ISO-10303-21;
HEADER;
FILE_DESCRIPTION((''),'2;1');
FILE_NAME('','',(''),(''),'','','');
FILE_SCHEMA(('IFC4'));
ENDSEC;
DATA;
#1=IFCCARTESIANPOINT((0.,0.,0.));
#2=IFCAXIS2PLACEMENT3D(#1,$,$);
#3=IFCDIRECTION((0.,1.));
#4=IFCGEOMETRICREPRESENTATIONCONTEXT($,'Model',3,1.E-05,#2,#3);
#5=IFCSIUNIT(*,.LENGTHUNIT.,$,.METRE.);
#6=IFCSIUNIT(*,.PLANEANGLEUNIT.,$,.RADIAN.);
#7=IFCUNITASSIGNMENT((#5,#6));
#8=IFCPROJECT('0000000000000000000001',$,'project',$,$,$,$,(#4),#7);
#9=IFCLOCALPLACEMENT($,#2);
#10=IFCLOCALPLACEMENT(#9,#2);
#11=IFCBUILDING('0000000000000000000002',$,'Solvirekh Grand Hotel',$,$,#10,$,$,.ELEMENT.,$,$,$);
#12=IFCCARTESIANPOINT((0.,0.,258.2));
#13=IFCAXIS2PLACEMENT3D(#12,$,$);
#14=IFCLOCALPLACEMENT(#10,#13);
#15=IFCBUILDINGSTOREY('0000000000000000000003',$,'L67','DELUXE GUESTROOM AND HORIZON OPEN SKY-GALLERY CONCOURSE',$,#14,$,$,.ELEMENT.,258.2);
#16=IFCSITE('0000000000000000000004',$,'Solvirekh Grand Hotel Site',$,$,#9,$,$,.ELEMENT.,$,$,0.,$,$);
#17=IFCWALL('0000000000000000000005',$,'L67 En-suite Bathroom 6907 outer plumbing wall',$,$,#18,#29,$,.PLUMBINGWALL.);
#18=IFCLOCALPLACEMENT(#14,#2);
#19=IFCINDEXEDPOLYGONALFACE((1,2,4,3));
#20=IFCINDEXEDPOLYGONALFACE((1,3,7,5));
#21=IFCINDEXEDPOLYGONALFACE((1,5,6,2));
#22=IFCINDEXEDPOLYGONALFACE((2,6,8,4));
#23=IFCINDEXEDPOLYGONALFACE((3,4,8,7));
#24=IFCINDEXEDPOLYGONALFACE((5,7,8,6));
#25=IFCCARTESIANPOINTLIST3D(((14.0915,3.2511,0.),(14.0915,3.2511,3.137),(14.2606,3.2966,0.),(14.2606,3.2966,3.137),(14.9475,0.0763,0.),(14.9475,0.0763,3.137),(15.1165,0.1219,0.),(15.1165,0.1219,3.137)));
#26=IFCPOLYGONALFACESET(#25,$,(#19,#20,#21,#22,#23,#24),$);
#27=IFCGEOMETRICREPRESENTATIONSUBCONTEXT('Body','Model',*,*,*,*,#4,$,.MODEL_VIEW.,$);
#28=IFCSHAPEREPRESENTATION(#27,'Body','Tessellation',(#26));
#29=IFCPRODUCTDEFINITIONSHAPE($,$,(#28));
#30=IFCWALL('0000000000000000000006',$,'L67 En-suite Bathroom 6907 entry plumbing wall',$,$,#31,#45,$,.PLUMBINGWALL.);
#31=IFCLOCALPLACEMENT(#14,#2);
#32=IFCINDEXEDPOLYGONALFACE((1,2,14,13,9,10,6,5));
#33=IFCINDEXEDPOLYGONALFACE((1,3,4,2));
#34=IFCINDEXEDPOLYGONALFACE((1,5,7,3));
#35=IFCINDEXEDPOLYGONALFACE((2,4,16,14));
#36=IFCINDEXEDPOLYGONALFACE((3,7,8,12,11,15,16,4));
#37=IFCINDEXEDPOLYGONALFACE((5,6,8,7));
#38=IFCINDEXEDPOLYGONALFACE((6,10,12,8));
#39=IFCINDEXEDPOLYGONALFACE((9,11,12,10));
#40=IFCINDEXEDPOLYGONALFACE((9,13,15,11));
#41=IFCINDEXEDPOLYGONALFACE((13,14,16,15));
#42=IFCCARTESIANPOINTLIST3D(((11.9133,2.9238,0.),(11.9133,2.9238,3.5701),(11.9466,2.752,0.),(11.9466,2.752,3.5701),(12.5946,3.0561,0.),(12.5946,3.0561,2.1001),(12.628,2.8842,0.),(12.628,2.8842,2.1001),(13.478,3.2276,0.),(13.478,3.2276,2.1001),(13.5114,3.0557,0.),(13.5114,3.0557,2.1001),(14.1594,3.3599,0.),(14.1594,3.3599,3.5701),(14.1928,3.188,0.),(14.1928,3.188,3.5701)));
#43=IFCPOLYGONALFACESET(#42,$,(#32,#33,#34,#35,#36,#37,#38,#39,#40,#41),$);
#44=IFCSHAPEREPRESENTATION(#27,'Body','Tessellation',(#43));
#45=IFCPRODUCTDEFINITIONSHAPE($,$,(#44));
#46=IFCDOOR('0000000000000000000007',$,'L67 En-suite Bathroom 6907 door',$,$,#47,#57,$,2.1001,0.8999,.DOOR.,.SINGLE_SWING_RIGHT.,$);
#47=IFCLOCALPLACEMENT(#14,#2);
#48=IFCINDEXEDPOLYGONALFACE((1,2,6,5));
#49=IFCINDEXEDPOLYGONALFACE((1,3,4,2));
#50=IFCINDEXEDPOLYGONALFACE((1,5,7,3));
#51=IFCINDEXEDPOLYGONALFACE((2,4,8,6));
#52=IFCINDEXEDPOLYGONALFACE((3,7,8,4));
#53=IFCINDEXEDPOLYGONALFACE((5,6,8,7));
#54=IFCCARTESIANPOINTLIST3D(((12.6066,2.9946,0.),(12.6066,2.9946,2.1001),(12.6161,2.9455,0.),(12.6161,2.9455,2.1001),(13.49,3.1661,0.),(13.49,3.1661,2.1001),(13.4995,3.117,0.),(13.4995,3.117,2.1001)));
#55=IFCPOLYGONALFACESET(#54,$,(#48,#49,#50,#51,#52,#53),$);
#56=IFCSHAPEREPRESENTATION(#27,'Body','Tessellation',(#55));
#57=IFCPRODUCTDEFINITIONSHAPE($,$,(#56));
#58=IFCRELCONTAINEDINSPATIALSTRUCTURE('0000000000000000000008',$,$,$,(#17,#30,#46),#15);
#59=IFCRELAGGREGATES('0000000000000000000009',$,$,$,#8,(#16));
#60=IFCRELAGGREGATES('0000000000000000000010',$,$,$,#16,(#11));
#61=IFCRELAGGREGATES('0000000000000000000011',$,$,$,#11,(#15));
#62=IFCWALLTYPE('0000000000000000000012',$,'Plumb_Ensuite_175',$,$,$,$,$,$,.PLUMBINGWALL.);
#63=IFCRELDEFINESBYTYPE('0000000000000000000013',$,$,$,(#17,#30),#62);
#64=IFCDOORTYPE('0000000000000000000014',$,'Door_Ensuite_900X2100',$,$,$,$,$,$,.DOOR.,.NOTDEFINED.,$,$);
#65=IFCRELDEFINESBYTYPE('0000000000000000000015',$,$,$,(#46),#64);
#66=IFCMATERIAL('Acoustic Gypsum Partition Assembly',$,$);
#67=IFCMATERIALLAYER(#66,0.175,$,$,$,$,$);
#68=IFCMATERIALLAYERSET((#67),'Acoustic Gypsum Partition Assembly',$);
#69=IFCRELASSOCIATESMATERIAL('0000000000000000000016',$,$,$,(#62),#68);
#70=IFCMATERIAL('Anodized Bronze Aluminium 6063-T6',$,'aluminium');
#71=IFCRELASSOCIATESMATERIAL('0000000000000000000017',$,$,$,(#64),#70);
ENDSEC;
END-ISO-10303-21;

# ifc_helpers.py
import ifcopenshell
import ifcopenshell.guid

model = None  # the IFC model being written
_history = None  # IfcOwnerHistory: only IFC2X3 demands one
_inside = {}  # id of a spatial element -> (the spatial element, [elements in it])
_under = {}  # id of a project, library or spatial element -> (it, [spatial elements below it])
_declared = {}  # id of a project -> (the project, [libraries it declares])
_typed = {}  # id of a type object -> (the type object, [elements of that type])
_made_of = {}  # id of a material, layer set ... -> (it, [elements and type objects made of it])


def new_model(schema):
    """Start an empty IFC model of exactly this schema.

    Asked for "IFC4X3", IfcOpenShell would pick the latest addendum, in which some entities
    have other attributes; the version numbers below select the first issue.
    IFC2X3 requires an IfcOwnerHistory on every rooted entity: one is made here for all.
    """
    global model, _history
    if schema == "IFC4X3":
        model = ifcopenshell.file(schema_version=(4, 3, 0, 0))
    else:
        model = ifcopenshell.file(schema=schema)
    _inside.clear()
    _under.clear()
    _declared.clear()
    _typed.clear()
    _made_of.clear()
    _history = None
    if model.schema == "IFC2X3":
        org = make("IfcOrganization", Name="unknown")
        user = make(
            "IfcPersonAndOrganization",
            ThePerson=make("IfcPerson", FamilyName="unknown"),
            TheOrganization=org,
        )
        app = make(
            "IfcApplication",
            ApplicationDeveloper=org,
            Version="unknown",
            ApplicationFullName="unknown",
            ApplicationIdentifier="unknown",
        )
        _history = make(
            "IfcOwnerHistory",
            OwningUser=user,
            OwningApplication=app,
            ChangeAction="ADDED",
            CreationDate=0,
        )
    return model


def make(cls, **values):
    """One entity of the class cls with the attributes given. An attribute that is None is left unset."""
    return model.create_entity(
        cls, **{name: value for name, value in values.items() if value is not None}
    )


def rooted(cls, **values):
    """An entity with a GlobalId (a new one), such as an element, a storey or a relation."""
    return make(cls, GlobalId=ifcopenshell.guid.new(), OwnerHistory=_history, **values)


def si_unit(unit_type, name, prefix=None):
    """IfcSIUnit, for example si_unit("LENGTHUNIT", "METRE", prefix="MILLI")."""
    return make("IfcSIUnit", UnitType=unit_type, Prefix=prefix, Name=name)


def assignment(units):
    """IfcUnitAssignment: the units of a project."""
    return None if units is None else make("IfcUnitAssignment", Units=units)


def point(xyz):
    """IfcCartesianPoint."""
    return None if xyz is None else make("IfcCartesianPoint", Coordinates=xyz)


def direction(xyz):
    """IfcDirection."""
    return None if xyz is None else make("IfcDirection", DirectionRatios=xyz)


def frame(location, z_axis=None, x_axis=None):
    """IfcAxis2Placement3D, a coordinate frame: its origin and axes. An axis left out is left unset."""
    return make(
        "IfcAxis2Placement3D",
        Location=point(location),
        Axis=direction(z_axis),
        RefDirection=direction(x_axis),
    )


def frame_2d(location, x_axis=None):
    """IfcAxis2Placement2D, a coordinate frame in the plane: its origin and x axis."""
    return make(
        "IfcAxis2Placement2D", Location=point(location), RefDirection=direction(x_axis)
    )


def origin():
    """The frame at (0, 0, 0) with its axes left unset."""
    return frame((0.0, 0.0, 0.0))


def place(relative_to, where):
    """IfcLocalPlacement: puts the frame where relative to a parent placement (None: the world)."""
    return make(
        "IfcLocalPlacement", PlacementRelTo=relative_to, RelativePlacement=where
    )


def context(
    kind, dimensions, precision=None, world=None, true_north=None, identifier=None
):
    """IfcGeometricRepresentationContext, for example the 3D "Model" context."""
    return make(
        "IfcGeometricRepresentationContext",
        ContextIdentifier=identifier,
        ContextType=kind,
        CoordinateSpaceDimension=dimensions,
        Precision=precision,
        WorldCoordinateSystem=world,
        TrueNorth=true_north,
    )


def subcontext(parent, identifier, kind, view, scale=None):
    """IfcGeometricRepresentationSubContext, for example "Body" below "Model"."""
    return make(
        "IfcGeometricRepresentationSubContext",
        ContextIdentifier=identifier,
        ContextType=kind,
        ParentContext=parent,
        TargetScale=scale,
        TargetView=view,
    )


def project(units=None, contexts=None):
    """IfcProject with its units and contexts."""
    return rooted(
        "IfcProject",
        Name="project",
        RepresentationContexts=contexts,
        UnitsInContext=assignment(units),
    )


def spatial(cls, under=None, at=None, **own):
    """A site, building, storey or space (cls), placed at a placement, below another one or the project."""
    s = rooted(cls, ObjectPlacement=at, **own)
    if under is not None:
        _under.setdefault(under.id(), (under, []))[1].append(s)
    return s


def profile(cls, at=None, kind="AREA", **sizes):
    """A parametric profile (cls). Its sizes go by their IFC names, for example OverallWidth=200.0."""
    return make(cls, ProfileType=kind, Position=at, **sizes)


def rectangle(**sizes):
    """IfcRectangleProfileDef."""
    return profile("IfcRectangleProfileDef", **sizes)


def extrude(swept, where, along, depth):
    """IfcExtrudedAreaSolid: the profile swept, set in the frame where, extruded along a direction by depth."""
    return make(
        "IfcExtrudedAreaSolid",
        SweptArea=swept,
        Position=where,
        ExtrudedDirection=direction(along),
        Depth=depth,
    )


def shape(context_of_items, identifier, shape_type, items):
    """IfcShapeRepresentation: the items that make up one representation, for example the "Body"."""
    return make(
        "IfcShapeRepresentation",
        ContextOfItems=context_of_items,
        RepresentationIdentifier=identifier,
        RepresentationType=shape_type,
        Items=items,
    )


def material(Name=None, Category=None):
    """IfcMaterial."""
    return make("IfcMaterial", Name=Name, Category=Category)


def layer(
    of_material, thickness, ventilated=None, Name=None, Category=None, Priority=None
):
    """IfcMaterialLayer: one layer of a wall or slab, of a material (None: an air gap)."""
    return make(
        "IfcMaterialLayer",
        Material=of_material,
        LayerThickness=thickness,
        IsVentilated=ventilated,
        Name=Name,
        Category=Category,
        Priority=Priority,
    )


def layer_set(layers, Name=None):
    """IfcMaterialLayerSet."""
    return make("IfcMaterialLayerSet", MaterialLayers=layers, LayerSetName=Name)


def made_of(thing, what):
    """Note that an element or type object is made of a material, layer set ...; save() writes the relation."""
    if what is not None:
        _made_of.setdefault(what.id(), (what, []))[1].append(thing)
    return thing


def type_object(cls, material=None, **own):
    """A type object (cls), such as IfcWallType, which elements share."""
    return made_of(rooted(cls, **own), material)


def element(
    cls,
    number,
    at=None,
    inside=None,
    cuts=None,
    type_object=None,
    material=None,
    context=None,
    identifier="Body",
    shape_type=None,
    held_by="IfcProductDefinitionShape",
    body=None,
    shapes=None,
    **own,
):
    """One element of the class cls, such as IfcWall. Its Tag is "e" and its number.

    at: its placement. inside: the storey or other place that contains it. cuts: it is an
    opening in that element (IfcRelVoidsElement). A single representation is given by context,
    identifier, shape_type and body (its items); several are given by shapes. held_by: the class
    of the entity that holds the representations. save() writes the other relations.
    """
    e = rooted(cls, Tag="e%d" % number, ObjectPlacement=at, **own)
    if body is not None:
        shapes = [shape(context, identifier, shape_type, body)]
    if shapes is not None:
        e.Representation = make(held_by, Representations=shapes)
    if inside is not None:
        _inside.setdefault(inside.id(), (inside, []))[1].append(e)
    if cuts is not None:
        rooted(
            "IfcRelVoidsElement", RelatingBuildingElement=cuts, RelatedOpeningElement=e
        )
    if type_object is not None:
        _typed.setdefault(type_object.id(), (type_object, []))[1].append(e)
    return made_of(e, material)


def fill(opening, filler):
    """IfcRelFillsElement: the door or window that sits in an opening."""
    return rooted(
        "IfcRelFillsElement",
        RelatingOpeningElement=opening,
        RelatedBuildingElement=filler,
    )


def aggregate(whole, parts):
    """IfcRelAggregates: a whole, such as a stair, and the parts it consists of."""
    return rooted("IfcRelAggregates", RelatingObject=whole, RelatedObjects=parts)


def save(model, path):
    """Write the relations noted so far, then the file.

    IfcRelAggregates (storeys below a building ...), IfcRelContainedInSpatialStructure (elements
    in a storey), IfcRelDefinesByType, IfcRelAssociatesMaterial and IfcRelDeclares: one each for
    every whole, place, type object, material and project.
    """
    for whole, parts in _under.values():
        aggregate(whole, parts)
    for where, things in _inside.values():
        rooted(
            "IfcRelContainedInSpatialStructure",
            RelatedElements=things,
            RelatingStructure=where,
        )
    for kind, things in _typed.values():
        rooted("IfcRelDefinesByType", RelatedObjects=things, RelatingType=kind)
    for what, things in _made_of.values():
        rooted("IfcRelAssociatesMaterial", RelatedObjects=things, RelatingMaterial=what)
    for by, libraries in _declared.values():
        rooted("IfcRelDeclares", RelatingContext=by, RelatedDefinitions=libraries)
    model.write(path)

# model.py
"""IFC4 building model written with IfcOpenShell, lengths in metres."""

from ifc_helpers import new_model, si_unit, direction, frame, frame_2d, origin, place, context, subcontext, project, spatial, rectangle, extrude, material, layer, layer_set, type_object, element, fill, save


model = new_model("IFC4")

# Units and contexts
model_context = context("Model", 3, precision=1e-05, world=origin(), true_north=direction((0.0, 1.0)))
body_context = subcontext(model_context, "Body", "Model", "MODEL_VIEW")
ifc_project = project(units=[si_unit("LENGTHUNIT", "METRE"), si_unit("PLANEANGLEUNIT", "RADIAN")], contexts=[model_context])

# Site, building, storey
site_placement = place(None, origin())
site = spatial("IfcSite", under=ifc_project, at=site_placement, Name="Solvirekh Grand Hotel Site", CompositionType="ELEMENT", RefElevation=0.0)
building_placement = place(site_placement, origin())
building = spatial("IfcBuilding", under=site, at=building_placement, Name="Solvirekh Grand Hotel", CompositionType="ELEMENT")
storey_placement = place(building_placement, frame((0.0, 0.0, 258.2)))
storey = spatial("IfcBuildingStorey", under=building, at=storey_placement, Name="L67", Description="DELUXE GUESTROOM AND HORIZON OPEN SKY-GALLERY CONCOURSE", CompositionType="ELEMENT", Elevation=258.2)

# Shared definitions
ifc_material_1 = material(Name="Anodized Bronze Aluminium 6063-T6", Category="aluminium")

# Shared definitions
ifc_material_2 = material(Name="Acoustic Gypsum Partition Assembly")

# Wall
ifc_layer_1 = layer(ifc_material_2, 0.175)
ifc_layer_set_1 = layer_set([ifc_layer_1], Name="Acoustic Gypsum Partition Assembly")
wall_type_1 = type_object("IfcWallType", Name="Plumb_Ensuite_175", PredefinedType="PLUMBINGWALL", material=ifc_layer_set_1)
wall_1_placement = place(storey_placement, frame((15.032, 0.0991, 0.0), z_axis=(0.0, 0.0, 1.0), x_axis=(-0.260314, 0.965524, 0.0)))
element("IfcWall", 1, at=wall_1_placement, inside=storey, type_object=wall_type_1, Name="L67 En-suite Bathroom 6907 outer plumbing wall", PredefinedType="PLUMBINGWALL", context=body_context, shape_type="SweptSolid", body=[
    extrude(rectangle(XDim=3.2881, YDim=0.175, at=frame_2d((1.644, 0.0))), origin(), (0.0, 0.0, 1.0), 3.137),
])

# Wall, opening, door
wall_2_placement = place(storey_placement, frame((11.9299, 2.8379, 0.0), z_axis=(0.0, 0.0, 1.0), x_axis=(0.981673, 0.190573, 0.0)))
wall_2 = element("IfcWall", 2, at=wall_2_placement, inside=storey, type_object=wall_type_1, Name="L67 En-suite Bathroom 6907 entry plumbing wall", PredefinedType="PLUMBINGWALL", context=body_context, shape_type="SweptSolid", body=[
    extrude(rectangle(XDim=2.2881, YDim=0.175, at=frame_2d((1.144, 0.0))), origin(), (0.0, 0.0, 1.0), 3.5701),
])
opening_1_placement = place(wall_2_placement, frame((0.6941, 0.0, 0.0)))
opening_1 = element("IfcOpeningElement", 3, at=opening_1_placement, cuts=wall_2, PredefinedType="OPENING", context=body_context, shape_type="SweptSolid", body=[
    extrude(rectangle(XDim=0.8999, YDim=2.1001, at=frame_2d((0.45, 1.05))), frame((0.0, 0.0977, 0.0), z_axis=(0.0, -1.0, 0.0), x_axis=(1.0, 0.0, 0.0)), (0.0, 0.0, 1.0), 0.1951),
])
door_type_1 = type_object("IfcDoorType", Name="Door_Ensuite_900X2100", OperationType="NOTDEFINED", PredefinedType="DOOR", material=ifc_material_1)
door_1_placement = place(opening_1_placement, origin())
door_1 = element("IfcDoor", 4, at=door_1_placement, inside=storey, type_object=door_type_1, Name="L67 En-suite Bathroom 6907 door", OperationType="SINGLE_SWING_RIGHT", OverallHeight=2.1001, OverallWidth=0.8999, PredefinedType="DOOR", context=body_context, shape_type="SweptSolid", body=[
    extrude(rectangle(XDim=0.8999, YDim=2.1001, at=frame_2d((0.45, 1.05))), frame((0.0, 0.0249, 0.0), z_axis=(0.0, -1.0, 0.0), x_axis=(1.0, 0.0, 0.0)), (0.0, 0.0, 1.0), 0.05),
])
fill(opening_1, door_1)

save(model, "model.ifc")
